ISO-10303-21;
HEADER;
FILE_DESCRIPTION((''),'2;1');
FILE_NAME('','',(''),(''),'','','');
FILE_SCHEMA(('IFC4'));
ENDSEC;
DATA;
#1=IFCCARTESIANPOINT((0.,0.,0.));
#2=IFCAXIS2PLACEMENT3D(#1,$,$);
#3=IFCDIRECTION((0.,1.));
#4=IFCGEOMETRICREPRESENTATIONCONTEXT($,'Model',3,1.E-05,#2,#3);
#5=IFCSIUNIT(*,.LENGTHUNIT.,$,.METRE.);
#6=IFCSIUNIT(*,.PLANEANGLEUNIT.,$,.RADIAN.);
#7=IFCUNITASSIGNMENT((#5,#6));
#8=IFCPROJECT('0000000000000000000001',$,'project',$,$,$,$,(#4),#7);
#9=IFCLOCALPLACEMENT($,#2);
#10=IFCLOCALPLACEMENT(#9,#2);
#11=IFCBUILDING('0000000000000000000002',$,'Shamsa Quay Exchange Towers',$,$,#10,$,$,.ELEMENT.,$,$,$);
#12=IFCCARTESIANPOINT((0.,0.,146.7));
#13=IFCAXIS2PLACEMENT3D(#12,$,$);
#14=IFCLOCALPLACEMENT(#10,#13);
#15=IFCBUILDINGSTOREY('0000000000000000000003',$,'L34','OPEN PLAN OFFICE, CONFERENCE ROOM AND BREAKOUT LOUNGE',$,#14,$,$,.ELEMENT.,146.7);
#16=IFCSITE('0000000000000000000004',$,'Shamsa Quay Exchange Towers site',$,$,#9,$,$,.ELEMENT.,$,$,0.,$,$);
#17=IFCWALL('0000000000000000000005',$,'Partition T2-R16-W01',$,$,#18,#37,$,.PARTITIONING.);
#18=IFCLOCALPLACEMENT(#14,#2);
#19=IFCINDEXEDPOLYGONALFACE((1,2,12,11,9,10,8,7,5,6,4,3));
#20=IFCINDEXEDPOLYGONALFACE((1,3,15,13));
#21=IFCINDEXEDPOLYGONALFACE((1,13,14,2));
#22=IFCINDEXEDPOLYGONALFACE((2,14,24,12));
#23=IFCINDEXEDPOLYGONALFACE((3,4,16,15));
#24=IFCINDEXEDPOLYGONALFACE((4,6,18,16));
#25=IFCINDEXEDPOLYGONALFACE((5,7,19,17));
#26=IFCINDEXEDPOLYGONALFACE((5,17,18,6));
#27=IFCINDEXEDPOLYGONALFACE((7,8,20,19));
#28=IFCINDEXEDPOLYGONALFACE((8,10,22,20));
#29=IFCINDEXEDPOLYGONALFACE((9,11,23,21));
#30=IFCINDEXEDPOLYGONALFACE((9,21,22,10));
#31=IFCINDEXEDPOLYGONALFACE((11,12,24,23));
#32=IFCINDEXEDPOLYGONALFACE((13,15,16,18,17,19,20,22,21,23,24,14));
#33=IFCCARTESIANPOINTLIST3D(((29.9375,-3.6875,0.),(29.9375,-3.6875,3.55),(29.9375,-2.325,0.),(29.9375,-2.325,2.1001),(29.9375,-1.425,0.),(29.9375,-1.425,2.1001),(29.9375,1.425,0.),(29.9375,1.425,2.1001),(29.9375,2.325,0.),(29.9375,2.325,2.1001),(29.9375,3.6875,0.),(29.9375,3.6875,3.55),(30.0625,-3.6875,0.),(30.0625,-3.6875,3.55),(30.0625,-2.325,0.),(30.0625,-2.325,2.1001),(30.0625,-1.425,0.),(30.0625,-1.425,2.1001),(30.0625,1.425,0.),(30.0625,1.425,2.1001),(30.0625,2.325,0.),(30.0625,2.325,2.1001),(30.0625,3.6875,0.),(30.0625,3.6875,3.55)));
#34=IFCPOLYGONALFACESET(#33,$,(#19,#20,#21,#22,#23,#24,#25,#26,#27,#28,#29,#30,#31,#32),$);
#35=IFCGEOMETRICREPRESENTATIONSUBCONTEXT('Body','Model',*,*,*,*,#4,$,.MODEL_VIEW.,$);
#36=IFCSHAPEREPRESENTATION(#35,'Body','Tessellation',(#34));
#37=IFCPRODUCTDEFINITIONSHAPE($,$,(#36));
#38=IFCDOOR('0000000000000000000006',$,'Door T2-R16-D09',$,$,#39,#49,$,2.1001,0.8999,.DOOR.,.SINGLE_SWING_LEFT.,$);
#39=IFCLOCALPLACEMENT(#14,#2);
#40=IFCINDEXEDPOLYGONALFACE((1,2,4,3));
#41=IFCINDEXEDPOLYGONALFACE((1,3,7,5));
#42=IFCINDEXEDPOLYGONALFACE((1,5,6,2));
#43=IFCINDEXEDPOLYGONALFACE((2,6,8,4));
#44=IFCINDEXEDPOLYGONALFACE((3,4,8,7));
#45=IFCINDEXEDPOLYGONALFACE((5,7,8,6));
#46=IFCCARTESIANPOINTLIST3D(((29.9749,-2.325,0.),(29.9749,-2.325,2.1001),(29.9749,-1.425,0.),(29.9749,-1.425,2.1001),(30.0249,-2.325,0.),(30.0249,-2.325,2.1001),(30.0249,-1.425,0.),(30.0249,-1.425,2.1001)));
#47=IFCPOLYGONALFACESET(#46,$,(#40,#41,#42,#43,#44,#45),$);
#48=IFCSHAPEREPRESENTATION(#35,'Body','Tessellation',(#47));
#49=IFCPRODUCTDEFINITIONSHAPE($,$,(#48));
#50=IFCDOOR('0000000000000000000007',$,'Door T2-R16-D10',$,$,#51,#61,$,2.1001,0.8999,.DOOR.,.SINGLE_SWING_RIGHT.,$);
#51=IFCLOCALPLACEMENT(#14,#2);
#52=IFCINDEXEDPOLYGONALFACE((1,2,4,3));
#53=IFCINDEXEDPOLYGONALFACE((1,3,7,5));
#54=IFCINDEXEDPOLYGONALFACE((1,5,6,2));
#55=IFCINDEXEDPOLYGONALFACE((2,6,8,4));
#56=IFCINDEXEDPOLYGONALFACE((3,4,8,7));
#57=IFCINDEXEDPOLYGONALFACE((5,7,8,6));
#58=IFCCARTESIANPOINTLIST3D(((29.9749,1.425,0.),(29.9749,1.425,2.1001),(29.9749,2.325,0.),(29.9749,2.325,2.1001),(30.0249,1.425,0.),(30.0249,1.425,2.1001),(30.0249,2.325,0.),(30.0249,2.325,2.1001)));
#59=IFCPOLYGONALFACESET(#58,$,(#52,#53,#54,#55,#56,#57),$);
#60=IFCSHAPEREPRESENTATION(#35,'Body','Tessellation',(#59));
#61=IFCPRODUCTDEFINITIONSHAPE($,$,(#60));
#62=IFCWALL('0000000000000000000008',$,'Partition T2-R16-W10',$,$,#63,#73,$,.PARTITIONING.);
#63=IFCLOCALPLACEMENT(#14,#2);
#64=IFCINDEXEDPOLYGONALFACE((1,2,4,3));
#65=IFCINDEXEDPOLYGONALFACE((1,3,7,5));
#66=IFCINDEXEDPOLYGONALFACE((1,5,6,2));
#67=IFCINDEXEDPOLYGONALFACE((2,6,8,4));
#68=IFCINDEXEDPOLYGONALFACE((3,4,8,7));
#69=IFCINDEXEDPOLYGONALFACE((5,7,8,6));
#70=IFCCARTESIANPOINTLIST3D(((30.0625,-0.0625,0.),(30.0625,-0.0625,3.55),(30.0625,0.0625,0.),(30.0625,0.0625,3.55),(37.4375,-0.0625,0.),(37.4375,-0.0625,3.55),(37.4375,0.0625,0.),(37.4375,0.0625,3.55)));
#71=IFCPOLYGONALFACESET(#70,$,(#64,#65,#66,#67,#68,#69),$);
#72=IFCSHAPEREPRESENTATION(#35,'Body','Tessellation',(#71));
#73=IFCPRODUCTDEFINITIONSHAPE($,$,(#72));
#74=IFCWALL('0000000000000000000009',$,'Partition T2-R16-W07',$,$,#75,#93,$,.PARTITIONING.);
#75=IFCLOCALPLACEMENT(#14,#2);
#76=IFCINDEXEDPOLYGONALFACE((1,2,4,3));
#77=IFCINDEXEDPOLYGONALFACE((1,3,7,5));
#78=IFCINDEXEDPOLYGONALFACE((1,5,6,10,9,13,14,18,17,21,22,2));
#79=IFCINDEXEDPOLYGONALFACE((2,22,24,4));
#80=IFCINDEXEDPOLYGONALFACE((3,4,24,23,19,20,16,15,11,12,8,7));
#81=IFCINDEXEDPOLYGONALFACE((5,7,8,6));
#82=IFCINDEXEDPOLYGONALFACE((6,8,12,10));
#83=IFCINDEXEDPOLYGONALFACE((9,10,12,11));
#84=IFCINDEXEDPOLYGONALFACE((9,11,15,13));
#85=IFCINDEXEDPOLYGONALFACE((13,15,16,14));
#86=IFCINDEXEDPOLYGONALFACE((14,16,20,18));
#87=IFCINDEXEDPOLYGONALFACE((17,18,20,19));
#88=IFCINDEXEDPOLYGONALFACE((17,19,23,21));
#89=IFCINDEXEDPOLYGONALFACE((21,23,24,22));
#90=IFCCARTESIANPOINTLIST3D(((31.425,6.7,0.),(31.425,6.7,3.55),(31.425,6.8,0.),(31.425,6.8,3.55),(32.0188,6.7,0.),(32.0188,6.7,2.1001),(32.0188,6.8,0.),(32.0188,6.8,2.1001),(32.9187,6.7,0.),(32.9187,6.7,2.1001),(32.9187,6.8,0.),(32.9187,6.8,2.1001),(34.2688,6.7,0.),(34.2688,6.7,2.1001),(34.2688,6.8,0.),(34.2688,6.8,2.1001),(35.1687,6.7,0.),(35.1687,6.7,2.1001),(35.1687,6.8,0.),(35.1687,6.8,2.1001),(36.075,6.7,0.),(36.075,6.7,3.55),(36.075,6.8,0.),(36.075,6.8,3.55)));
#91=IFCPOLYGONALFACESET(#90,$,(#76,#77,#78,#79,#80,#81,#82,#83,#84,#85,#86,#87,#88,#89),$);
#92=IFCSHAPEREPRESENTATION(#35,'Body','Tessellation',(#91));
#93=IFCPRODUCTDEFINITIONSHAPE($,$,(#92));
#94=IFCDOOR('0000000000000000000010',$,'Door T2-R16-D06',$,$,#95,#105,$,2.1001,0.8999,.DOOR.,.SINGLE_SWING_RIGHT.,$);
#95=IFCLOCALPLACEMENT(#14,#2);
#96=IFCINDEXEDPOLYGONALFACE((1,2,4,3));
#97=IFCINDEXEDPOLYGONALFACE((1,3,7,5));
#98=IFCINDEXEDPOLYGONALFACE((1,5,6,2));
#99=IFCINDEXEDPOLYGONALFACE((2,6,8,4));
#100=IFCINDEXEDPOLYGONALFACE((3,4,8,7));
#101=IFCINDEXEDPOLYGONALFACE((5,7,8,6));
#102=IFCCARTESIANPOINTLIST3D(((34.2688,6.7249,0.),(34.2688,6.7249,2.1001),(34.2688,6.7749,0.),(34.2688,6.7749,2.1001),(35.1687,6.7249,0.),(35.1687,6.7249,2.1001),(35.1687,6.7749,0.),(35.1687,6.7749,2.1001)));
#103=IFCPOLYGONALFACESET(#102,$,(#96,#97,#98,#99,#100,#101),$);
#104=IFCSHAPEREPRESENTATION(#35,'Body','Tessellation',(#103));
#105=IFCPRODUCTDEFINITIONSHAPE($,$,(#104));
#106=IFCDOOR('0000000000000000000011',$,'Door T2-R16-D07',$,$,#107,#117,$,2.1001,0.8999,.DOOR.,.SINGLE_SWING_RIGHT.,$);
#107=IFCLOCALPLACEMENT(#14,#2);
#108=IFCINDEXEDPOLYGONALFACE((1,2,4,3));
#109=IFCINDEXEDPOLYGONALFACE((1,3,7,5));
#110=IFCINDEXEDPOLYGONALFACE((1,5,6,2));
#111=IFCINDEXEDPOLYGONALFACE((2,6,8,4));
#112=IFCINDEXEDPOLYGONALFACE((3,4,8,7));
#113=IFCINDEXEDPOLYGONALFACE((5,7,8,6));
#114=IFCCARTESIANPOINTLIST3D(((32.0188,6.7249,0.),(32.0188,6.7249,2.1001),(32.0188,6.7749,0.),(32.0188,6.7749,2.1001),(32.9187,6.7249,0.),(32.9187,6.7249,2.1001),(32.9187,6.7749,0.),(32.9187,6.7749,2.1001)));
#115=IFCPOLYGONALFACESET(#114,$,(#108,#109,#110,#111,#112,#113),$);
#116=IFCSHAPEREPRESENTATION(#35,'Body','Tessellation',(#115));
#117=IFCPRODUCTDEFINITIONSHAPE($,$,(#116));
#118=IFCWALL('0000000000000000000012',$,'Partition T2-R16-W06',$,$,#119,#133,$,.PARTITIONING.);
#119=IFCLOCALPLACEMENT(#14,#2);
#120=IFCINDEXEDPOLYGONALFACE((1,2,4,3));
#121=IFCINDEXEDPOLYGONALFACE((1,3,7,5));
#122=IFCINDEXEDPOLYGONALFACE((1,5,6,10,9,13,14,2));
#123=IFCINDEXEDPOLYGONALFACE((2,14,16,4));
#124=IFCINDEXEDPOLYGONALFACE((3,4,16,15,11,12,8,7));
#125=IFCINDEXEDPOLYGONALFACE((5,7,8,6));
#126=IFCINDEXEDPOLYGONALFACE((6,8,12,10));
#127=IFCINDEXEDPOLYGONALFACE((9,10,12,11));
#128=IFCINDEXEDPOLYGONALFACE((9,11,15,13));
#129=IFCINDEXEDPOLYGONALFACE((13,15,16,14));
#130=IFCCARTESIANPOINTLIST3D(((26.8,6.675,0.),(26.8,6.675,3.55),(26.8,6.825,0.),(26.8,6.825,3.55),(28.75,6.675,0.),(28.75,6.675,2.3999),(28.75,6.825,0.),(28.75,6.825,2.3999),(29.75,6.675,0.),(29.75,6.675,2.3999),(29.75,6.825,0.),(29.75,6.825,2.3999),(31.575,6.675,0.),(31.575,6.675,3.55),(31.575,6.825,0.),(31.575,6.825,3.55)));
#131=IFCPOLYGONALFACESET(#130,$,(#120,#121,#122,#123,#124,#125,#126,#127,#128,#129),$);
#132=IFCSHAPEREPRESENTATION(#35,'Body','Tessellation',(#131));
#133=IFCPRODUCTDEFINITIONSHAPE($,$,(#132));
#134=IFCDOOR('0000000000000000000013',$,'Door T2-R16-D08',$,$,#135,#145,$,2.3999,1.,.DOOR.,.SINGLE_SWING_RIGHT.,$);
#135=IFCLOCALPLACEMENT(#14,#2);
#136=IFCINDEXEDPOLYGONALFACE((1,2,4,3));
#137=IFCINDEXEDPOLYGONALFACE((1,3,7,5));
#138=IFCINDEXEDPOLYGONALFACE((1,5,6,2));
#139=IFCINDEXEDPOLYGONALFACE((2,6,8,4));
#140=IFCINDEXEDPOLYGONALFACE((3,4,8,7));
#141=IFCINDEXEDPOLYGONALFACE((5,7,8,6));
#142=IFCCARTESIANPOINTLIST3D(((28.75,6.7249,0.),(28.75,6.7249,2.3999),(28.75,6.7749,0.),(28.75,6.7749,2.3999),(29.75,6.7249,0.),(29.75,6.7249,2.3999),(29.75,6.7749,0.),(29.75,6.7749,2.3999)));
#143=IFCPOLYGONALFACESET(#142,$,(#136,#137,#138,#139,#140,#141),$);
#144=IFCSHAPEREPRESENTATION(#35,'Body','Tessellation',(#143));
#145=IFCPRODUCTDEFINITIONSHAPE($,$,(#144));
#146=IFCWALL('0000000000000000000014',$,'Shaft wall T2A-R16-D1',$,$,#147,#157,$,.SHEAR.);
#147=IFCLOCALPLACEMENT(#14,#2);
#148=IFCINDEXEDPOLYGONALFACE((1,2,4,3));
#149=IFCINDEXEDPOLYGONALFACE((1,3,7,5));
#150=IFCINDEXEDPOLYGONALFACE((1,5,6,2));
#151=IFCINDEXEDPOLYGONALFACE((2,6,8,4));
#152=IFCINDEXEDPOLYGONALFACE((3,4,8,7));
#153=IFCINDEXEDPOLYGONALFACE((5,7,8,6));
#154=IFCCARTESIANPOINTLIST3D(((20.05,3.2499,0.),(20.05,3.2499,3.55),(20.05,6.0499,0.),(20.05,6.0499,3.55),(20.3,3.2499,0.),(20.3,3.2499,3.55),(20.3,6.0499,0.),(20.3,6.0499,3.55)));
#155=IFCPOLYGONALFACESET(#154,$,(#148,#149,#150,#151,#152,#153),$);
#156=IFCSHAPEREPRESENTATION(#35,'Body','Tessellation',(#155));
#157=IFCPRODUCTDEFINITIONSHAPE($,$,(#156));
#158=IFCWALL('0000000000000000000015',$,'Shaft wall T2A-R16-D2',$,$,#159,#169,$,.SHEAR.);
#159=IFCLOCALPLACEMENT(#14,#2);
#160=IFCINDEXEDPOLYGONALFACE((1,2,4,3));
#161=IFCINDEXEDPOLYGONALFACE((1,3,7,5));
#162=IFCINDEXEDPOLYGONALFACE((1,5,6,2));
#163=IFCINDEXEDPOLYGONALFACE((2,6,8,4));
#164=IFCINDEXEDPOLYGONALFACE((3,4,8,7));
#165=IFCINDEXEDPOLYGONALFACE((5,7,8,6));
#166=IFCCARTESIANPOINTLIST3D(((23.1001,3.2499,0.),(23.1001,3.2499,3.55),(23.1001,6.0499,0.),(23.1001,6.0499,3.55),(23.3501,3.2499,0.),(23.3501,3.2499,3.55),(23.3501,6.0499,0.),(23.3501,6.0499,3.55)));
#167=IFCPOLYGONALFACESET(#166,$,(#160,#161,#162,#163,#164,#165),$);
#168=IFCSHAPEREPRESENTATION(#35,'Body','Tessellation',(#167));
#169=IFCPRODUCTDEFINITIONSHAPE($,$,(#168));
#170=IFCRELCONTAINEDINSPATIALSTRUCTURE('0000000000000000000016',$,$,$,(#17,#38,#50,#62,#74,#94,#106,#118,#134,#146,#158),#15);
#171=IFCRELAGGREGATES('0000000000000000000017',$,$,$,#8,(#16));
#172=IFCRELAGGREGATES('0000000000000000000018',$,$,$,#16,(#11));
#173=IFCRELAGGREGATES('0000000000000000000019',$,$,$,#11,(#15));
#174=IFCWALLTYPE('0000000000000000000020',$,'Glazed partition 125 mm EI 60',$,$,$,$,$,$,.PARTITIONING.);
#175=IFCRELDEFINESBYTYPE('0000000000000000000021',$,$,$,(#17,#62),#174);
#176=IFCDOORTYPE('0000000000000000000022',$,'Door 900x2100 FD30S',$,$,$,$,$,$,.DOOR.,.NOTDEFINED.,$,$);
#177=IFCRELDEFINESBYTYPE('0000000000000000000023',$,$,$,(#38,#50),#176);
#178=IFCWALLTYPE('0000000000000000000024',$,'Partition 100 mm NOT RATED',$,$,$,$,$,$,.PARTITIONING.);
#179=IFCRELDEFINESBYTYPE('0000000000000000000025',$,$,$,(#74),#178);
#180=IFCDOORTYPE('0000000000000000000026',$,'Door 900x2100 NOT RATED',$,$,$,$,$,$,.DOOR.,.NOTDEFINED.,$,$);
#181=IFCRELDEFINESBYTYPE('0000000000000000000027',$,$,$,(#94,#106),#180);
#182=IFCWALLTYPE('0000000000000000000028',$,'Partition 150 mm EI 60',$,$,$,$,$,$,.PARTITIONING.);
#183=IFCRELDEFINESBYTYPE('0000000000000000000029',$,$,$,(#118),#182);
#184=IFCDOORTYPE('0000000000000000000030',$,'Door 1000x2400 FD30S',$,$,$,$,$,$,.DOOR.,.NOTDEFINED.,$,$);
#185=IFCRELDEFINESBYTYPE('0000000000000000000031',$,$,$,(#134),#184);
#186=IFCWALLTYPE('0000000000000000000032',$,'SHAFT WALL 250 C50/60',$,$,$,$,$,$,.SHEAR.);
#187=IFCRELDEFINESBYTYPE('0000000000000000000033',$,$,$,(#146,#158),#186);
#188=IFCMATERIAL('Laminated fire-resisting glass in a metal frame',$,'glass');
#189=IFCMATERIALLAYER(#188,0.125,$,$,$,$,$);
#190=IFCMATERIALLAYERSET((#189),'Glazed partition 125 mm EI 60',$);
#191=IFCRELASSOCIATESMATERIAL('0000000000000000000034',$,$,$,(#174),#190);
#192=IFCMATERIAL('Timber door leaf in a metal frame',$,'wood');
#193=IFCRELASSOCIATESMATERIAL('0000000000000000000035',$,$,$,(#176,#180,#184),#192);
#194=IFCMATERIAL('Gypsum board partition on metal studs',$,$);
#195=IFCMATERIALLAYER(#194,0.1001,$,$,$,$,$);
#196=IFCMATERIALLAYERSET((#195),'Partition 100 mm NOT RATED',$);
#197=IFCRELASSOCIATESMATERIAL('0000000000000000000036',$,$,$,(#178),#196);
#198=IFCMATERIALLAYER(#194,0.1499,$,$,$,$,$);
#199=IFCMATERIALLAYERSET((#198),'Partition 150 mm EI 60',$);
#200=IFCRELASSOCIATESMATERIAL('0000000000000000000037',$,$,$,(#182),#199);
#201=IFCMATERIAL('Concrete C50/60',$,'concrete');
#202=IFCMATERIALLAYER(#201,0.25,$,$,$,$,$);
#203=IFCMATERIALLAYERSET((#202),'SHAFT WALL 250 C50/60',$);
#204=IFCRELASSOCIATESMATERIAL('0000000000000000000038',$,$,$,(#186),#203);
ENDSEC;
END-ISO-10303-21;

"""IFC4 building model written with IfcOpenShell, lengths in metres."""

from ifc_helpers import new_model, si_unit, direction, frame, frame_2d, origin, place, context, subcontext, project, spatial, rectangle, extrude, material, layer, layer_set, type_object, element, fill, save


model = new_model("IFC4")

# Units and contexts
model_context = context("Model", 3, precision=1e-05, world=origin(), true_north=direction((0.0, 1.0)))
body_context = subcontext(model_context, "Body", "Model", "MODEL_VIEW")
ifc_project = project(units=[si_unit("LENGTHUNIT", "METRE"), si_unit("PLANEANGLEUNIT", "RADIAN")], contexts=[model_context])

# Site, building, storey
site_placement = place(None, origin())
site = spatial("IfcSite", under=ifc_project, at=site_placement, Name="Shamsa Quay Exchange Towers site", CompositionType="ELEMENT", RefElevation=0.0)
building_placement = place(site_placement, origin())
building = spatial("IfcBuilding", under=site, at=building_placement, Name="Shamsa Quay Exchange Towers", CompositionType="ELEMENT")
storey_placement = place(building_placement, frame((0.0, 0.0, 146.7)))
storey = spatial("IfcBuildingStorey", under=building, at=storey_placement, Name="L34", Description="OPEN PLAN OFFICE, CONFERENCE ROOM AND BREAKOUT LOUNGE", CompositionType="ELEMENT", Elevation=146.7)

# Wall, openings, doors
ifc_material_1 = material(Name="Laminated fire-resisting glass in a metal frame", Category="glass")
ifc_layer_1 = layer(ifc_material_1, 0.125)
ifc_layer_set_1 = layer_set([ifc_layer_1], Name="Glazed partition 125 mm EI 60")
wall_type_1 = type_object("IfcWallType", Name="Glazed partition 125 mm EI 60", PredefinedType="PARTITIONING", material=ifc_layer_set_1)
wall_1_placement = place(storey_placement, frame((30.0, 3.6875, 0.0), z_axis=(0.0, 0.0, 1.0), x_axis=(0.0, -1.0, 0.0)))
wall_1 = element("IfcWall", 1, at=wall_1_placement, inside=storey, type_object=wall_type_1, Name="Partition T2-R16-W01", PredefinedType="PARTITIONING", context=body_context, shape_type="SweptSolid", body=[
    extrude(rectangle(XDim=7.375, YDim=0.125, at=frame_2d((3.6875, 0.0))), origin(), (0.0, 0.0, 1.0), 3.55),
])
opening_1_placement = place(wall_1_placement, frame((5.1125, 0.0, 0.0)))
opening_1 = element("IfcOpeningElement", 2, at=opening_1_placement, cuts=wall_1, PredefinedType="OPENING", context=body_context, shape_type="SweptSolid", body=[
    extrude(rectangle(XDim=0.8999, YDim=2.1001, at=frame_2d((0.45, 1.05))), frame((0.0, 0.0725, 0.0), z_axis=(0.0, -1.0, 0.0), x_axis=(1.0, 0.0, 0.0)), (0.0, 0.0, 1.0), 0.145),
])
opening_2_placement = place(wall_1_placement, frame((1.3625, 0.0, 0.0)))
opening_2 = element("IfcOpeningElement", 3, at=opening_2_placement, cuts=wall_1, PredefinedType="OPENING", context=body_context, shape_type="SweptSolid", body=[
    extrude(rectangle(XDim=0.8999, YDim=2.1001, at=frame_2d((0.45, 1.05))), frame((0.0, 0.0725, 0.0), z_axis=(0.0, -1.0, 0.0), x_axis=(1.0, 0.0, 0.0)), (0.0, 0.0, 1.0), 0.145),
])
ifc_material_2 = material(Name="Timber door leaf in a metal frame", Category="wood")
door_type_1 = type_object("IfcDoorType", Name="Door 900x2100 FD30S", OperationType="NOTDEFINED", PredefinedType="DOOR", material=ifc_material_2)
door_1_placement = place(opening_1_placement, origin())
door_1 = element("IfcDoor", 4, at=door_1_placement, inside=storey, type_object=door_type_1, Name="Door T2-R16-D09", OperationType="SINGLE_SWING_LEFT", OverallHeight=2.1001, OverallWidth=0.8999, PredefinedType="DOOR", context=body_context, shape_type="SweptSolid", body=[
    extrude(rectangle(XDim=0.8999, YDim=2.1001, at=frame_2d((0.45, 1.05))), frame((0.0, 0.0249, 0.0), z_axis=(0.0, -1.0, 0.0), x_axis=(1.0, 0.0, 0.0)), (0.0, 0.0, 1.0), 0.05),
])
fill(opening_1, door_1)
door_2_placement = place(opening_2_placement, origin())
door_2 = element("IfcDoor", 5, at=door_2_placement, inside=storey, type_object=door_type_1, Name="Door T2-R16-D10", OperationType="SINGLE_SWING_RIGHT", OverallHeight=2.1001, OverallWidth=0.8999, PredefinedType="DOOR", context=body_context, shape_type="SweptSolid", body=[
    extrude(rectangle(XDim=0.8999, YDim=2.1001, at=frame_2d((0.45, 1.05))), frame((0.0, 0.0249, 0.0), z_axis=(0.0, -1.0, 0.0), x_axis=(1.0, 0.0, 0.0)), (0.0, 0.0, 1.0), 0.05),
])
fill(opening_2, door_2)

# Wall
wall_2_placement = place(storey_placement, frame((30.0625, 0.0, 0.0)))
element("IfcWall", 6, at=wall_2_placement, inside=storey, type_object=wall_type_1, Name="Partition T2-R16-W10", PredefinedType="PARTITIONING", context=body_context, shape_type="SweptSolid", body=[
    extrude(rectangle(XDim=7.375, YDim=0.125, at=frame_2d((3.6875, 0.0))), origin(), (0.0, 0.0, 1.0), 3.55),
])

# Wall, openings, doors
ifc_material_3 = material(Name="Gypsum board partition on metal studs")
ifc_layer_2 = layer(ifc_material_3, 0.1001)
ifc_layer_set_2 = layer_set([ifc_layer_2], Name="Partition 100 mm NOT RATED")
wall_type_2 = type_object("IfcWallType", Name="Partition 100 mm NOT RATED", PredefinedType="PARTITIONING", material=ifc_layer_set_2)
wall_3_placement = place(storey_placement, frame((31.425, 6.75, 0.0)))
wall_3 = element("IfcWall", 7, at=wall_3_placement, inside=storey, type_object=wall_type_2, Name="Partition T2-R16-W07", PredefinedType="PARTITIONING", context=body_context, shape_type="SweptSolid", body=[
    extrude(rectangle(XDim=4.6499, YDim=0.1001, at=frame_2d((2.325, 0.0))), origin(), (0.0, 0.0, 1.0), 3.55),
])
opening_3_placement = place(wall_3_placement, frame((2.8438, 0.0, 0.0)))
opening_3 = element("IfcOpeningElement", 8, at=opening_3_placement, cuts=wall_3, PredefinedType="OPENING", context=body_context, shape_type="SweptSolid", body=[
    extrude(rectangle(XDim=0.8999, YDim=2.1001, at=frame_2d((0.45, 1.05))), frame((0.0, 0.0601, 0.0), z_axis=(0.0, -1.0, 0.0), x_axis=(1.0, 0.0, 0.0)), (0.0, 0.0, 1.0), 0.1201),
])
opening_4_placement = place(wall_3_placement, frame((0.5938, 0.0, 0.0)))
opening_4 = element("IfcOpeningElement", 9, at=opening_4_placement, cuts=wall_3, PredefinedType="OPENING", context=body_context, shape_type="SweptSolid", body=[
    extrude(rectangle(XDim=0.8999, YDim=2.1001, at=frame_2d((0.45, 1.05))), frame((0.0, 0.0601, 0.0), z_axis=(0.0, -1.0, 0.0), x_axis=(1.0, 0.0, 0.0)), (0.0, 0.0, 1.0), 0.1201),
])
door_type_2 = type_object("IfcDoorType", Name="Door 900x2100 NOT RATED", OperationType="NOTDEFINED", PredefinedType="DOOR", material=ifc_material_2)
door_3_placement = place(opening_3_placement, origin())
door_3 = element("IfcDoor", 10, at=door_3_placement, inside=storey, type_object=door_type_2, Name="Door T2-R16-D06", OperationType="SINGLE_SWING_RIGHT", OverallHeight=2.1001, OverallWidth=0.8999, PredefinedType="DOOR", context=body_context, shape_type="SweptSolid", body=[
    extrude(rectangle(XDim=0.8999, YDim=2.1001, at=frame_2d((0.45, 1.05))), frame((0.0, 0.0249, 0.0), z_axis=(0.0, -1.0, 0.0), x_axis=(1.0, 0.0, 0.0)), (0.0, 0.0, 1.0), 0.05),
])
fill(opening_3, door_3)
door_4_placement = place(opening_4_placement, origin())
door_4 = element("IfcDoor", 11, at=door_4_placement, inside=storey, type_object=door_type_2, Name="Door T2-R16-D07", OperationType="SINGLE_SWING_RIGHT", OverallHeight=2.1001, OverallWidth=0.8999, PredefinedType="DOOR", context=body_context, shape_type="SweptSolid", body=[
    extrude(rectangle(XDim=0.8999, YDim=2.1001, at=frame_2d((0.45, 1.05))), frame((0.0, 0.0249, 0.0), z_axis=(0.0, -1.0, 0.0), x_axis=(1.0, 0.0, 0.0)), (0.0, 0.0, 1.0), 0.05),
])
fill(opening_4, door_4)

# Wall, opening, door
ifc_layer_3 = layer(ifc_material_3, 0.1499)
ifc_layer_set_3 = layer_set([ifc_layer_3], Name="Partition 150 mm EI 60")
wall_type_3 = type_object("IfcWallType", Name="Partition 150 mm EI 60", PredefinedType="PARTITIONING", material=ifc_layer_set_3)
wall_4_placement = place(storey_placement, frame((26.8, 6.75, 0.0)))
wall_4 = element("IfcWall", 12, at=wall_4_placement, inside=storey, type_object=wall_type_3, Name="Partition T2-R16-W06", PredefinedType="PARTITIONING", context=body_context, shape_type="SweptSolid", body=[
    extrude(rectangle(XDim=4.7749, YDim=0.1499, at=frame_2d((2.3875, 0.0))), origin(), (0.0, 0.0, 1.0), 3.55),
])
opening_5_placement = place(wall_4_placement, frame((1.95, 0.0, 0.0)))
opening_5 = element("IfcOpeningElement", 13, at=opening_5_placement, cuts=wall_4, PredefinedType="OPENING", context=body_context, shape_type="SweptSolid", body=[
    extrude(rectangle(XDim=1.0, YDim=2.3999, at=frame_2d((0.5, 1.2))), frame((0.0, 0.085, 0.0), z_axis=(0.0, -1.0, 0.0), x_axis=(1.0, 0.0, 0.0)), (0.0, 0.0, 1.0), 0.1699),
])
door_type_3 = type_object("IfcDoorType", Name="Door 1000x2400 FD30S", OperationType="NOTDEFINED", PredefinedType="DOOR", material=ifc_material_2)
door_5_placement = place(opening_5_placement, origin())
door_5 = element("IfcDoor", 14, at=door_5_placement, inside=storey, type_object=door_type_3, Name="Door T2-R16-D08", OperationType="SINGLE_SWING_RIGHT", OverallHeight=2.3999, OverallWidth=1.0, PredefinedType="DOOR", context=body_context, shape_type="SweptSolid", body=[
    extrude(rectangle(XDim=1.0, YDim=2.3999, at=frame_2d((0.5, 1.2))), frame((0.0, 0.0249, 0.0), z_axis=(0.0, -1.0, 0.0), x_axis=(1.0, 0.0, 0.0)), (0.0, 0.0, 1.0), 0.05),
])
fill(opening_5, door_5)

# Walls
ifc_material_4 = material(Name="Concrete C50/60", Category="concrete")
ifc_layer_4 = layer(ifc_material_4, 0.25)
ifc_layer_set_4 = layer_set([ifc_layer_4], Name="SHAFT WALL 250 C50/60")
wall_type_4 = type_object("IfcWallType", Name="SHAFT WALL 250 C50/60", PredefinedType="SHEAR", material=ifc_layer_set_4)
for number, where, z_axis, x_axis, name in (
    (15, (20.175, 3.25, 0.0), (0.0, 0.0, 1.0), (0.0, 1.0, 0.0), "Shaft wall T2A-R16-D1"),
    (16, (23.2251, 3.25, 0.0), (0.0, 0.0, 1.0), (0.0, 1.0, 0.0), "Shaft wall T2A-R16-D2"),
):
    element("IfcWall", number, at=place(storey_placement, frame(where, z_axis=z_axis, x_axis=x_axis)), inside=storey, type_object=wall_type_4, Name=name, PredefinedType="SHEAR", context=body_context, shape_type="SweptSolid", body=[
        extrude(rectangle(XDim=2.8, YDim=0.25, at=frame_2d((1.3999, 0.0))), origin(), (0.0, 0.0, 1.0), 3.55),
    ])

save(model, "model.ifc")
